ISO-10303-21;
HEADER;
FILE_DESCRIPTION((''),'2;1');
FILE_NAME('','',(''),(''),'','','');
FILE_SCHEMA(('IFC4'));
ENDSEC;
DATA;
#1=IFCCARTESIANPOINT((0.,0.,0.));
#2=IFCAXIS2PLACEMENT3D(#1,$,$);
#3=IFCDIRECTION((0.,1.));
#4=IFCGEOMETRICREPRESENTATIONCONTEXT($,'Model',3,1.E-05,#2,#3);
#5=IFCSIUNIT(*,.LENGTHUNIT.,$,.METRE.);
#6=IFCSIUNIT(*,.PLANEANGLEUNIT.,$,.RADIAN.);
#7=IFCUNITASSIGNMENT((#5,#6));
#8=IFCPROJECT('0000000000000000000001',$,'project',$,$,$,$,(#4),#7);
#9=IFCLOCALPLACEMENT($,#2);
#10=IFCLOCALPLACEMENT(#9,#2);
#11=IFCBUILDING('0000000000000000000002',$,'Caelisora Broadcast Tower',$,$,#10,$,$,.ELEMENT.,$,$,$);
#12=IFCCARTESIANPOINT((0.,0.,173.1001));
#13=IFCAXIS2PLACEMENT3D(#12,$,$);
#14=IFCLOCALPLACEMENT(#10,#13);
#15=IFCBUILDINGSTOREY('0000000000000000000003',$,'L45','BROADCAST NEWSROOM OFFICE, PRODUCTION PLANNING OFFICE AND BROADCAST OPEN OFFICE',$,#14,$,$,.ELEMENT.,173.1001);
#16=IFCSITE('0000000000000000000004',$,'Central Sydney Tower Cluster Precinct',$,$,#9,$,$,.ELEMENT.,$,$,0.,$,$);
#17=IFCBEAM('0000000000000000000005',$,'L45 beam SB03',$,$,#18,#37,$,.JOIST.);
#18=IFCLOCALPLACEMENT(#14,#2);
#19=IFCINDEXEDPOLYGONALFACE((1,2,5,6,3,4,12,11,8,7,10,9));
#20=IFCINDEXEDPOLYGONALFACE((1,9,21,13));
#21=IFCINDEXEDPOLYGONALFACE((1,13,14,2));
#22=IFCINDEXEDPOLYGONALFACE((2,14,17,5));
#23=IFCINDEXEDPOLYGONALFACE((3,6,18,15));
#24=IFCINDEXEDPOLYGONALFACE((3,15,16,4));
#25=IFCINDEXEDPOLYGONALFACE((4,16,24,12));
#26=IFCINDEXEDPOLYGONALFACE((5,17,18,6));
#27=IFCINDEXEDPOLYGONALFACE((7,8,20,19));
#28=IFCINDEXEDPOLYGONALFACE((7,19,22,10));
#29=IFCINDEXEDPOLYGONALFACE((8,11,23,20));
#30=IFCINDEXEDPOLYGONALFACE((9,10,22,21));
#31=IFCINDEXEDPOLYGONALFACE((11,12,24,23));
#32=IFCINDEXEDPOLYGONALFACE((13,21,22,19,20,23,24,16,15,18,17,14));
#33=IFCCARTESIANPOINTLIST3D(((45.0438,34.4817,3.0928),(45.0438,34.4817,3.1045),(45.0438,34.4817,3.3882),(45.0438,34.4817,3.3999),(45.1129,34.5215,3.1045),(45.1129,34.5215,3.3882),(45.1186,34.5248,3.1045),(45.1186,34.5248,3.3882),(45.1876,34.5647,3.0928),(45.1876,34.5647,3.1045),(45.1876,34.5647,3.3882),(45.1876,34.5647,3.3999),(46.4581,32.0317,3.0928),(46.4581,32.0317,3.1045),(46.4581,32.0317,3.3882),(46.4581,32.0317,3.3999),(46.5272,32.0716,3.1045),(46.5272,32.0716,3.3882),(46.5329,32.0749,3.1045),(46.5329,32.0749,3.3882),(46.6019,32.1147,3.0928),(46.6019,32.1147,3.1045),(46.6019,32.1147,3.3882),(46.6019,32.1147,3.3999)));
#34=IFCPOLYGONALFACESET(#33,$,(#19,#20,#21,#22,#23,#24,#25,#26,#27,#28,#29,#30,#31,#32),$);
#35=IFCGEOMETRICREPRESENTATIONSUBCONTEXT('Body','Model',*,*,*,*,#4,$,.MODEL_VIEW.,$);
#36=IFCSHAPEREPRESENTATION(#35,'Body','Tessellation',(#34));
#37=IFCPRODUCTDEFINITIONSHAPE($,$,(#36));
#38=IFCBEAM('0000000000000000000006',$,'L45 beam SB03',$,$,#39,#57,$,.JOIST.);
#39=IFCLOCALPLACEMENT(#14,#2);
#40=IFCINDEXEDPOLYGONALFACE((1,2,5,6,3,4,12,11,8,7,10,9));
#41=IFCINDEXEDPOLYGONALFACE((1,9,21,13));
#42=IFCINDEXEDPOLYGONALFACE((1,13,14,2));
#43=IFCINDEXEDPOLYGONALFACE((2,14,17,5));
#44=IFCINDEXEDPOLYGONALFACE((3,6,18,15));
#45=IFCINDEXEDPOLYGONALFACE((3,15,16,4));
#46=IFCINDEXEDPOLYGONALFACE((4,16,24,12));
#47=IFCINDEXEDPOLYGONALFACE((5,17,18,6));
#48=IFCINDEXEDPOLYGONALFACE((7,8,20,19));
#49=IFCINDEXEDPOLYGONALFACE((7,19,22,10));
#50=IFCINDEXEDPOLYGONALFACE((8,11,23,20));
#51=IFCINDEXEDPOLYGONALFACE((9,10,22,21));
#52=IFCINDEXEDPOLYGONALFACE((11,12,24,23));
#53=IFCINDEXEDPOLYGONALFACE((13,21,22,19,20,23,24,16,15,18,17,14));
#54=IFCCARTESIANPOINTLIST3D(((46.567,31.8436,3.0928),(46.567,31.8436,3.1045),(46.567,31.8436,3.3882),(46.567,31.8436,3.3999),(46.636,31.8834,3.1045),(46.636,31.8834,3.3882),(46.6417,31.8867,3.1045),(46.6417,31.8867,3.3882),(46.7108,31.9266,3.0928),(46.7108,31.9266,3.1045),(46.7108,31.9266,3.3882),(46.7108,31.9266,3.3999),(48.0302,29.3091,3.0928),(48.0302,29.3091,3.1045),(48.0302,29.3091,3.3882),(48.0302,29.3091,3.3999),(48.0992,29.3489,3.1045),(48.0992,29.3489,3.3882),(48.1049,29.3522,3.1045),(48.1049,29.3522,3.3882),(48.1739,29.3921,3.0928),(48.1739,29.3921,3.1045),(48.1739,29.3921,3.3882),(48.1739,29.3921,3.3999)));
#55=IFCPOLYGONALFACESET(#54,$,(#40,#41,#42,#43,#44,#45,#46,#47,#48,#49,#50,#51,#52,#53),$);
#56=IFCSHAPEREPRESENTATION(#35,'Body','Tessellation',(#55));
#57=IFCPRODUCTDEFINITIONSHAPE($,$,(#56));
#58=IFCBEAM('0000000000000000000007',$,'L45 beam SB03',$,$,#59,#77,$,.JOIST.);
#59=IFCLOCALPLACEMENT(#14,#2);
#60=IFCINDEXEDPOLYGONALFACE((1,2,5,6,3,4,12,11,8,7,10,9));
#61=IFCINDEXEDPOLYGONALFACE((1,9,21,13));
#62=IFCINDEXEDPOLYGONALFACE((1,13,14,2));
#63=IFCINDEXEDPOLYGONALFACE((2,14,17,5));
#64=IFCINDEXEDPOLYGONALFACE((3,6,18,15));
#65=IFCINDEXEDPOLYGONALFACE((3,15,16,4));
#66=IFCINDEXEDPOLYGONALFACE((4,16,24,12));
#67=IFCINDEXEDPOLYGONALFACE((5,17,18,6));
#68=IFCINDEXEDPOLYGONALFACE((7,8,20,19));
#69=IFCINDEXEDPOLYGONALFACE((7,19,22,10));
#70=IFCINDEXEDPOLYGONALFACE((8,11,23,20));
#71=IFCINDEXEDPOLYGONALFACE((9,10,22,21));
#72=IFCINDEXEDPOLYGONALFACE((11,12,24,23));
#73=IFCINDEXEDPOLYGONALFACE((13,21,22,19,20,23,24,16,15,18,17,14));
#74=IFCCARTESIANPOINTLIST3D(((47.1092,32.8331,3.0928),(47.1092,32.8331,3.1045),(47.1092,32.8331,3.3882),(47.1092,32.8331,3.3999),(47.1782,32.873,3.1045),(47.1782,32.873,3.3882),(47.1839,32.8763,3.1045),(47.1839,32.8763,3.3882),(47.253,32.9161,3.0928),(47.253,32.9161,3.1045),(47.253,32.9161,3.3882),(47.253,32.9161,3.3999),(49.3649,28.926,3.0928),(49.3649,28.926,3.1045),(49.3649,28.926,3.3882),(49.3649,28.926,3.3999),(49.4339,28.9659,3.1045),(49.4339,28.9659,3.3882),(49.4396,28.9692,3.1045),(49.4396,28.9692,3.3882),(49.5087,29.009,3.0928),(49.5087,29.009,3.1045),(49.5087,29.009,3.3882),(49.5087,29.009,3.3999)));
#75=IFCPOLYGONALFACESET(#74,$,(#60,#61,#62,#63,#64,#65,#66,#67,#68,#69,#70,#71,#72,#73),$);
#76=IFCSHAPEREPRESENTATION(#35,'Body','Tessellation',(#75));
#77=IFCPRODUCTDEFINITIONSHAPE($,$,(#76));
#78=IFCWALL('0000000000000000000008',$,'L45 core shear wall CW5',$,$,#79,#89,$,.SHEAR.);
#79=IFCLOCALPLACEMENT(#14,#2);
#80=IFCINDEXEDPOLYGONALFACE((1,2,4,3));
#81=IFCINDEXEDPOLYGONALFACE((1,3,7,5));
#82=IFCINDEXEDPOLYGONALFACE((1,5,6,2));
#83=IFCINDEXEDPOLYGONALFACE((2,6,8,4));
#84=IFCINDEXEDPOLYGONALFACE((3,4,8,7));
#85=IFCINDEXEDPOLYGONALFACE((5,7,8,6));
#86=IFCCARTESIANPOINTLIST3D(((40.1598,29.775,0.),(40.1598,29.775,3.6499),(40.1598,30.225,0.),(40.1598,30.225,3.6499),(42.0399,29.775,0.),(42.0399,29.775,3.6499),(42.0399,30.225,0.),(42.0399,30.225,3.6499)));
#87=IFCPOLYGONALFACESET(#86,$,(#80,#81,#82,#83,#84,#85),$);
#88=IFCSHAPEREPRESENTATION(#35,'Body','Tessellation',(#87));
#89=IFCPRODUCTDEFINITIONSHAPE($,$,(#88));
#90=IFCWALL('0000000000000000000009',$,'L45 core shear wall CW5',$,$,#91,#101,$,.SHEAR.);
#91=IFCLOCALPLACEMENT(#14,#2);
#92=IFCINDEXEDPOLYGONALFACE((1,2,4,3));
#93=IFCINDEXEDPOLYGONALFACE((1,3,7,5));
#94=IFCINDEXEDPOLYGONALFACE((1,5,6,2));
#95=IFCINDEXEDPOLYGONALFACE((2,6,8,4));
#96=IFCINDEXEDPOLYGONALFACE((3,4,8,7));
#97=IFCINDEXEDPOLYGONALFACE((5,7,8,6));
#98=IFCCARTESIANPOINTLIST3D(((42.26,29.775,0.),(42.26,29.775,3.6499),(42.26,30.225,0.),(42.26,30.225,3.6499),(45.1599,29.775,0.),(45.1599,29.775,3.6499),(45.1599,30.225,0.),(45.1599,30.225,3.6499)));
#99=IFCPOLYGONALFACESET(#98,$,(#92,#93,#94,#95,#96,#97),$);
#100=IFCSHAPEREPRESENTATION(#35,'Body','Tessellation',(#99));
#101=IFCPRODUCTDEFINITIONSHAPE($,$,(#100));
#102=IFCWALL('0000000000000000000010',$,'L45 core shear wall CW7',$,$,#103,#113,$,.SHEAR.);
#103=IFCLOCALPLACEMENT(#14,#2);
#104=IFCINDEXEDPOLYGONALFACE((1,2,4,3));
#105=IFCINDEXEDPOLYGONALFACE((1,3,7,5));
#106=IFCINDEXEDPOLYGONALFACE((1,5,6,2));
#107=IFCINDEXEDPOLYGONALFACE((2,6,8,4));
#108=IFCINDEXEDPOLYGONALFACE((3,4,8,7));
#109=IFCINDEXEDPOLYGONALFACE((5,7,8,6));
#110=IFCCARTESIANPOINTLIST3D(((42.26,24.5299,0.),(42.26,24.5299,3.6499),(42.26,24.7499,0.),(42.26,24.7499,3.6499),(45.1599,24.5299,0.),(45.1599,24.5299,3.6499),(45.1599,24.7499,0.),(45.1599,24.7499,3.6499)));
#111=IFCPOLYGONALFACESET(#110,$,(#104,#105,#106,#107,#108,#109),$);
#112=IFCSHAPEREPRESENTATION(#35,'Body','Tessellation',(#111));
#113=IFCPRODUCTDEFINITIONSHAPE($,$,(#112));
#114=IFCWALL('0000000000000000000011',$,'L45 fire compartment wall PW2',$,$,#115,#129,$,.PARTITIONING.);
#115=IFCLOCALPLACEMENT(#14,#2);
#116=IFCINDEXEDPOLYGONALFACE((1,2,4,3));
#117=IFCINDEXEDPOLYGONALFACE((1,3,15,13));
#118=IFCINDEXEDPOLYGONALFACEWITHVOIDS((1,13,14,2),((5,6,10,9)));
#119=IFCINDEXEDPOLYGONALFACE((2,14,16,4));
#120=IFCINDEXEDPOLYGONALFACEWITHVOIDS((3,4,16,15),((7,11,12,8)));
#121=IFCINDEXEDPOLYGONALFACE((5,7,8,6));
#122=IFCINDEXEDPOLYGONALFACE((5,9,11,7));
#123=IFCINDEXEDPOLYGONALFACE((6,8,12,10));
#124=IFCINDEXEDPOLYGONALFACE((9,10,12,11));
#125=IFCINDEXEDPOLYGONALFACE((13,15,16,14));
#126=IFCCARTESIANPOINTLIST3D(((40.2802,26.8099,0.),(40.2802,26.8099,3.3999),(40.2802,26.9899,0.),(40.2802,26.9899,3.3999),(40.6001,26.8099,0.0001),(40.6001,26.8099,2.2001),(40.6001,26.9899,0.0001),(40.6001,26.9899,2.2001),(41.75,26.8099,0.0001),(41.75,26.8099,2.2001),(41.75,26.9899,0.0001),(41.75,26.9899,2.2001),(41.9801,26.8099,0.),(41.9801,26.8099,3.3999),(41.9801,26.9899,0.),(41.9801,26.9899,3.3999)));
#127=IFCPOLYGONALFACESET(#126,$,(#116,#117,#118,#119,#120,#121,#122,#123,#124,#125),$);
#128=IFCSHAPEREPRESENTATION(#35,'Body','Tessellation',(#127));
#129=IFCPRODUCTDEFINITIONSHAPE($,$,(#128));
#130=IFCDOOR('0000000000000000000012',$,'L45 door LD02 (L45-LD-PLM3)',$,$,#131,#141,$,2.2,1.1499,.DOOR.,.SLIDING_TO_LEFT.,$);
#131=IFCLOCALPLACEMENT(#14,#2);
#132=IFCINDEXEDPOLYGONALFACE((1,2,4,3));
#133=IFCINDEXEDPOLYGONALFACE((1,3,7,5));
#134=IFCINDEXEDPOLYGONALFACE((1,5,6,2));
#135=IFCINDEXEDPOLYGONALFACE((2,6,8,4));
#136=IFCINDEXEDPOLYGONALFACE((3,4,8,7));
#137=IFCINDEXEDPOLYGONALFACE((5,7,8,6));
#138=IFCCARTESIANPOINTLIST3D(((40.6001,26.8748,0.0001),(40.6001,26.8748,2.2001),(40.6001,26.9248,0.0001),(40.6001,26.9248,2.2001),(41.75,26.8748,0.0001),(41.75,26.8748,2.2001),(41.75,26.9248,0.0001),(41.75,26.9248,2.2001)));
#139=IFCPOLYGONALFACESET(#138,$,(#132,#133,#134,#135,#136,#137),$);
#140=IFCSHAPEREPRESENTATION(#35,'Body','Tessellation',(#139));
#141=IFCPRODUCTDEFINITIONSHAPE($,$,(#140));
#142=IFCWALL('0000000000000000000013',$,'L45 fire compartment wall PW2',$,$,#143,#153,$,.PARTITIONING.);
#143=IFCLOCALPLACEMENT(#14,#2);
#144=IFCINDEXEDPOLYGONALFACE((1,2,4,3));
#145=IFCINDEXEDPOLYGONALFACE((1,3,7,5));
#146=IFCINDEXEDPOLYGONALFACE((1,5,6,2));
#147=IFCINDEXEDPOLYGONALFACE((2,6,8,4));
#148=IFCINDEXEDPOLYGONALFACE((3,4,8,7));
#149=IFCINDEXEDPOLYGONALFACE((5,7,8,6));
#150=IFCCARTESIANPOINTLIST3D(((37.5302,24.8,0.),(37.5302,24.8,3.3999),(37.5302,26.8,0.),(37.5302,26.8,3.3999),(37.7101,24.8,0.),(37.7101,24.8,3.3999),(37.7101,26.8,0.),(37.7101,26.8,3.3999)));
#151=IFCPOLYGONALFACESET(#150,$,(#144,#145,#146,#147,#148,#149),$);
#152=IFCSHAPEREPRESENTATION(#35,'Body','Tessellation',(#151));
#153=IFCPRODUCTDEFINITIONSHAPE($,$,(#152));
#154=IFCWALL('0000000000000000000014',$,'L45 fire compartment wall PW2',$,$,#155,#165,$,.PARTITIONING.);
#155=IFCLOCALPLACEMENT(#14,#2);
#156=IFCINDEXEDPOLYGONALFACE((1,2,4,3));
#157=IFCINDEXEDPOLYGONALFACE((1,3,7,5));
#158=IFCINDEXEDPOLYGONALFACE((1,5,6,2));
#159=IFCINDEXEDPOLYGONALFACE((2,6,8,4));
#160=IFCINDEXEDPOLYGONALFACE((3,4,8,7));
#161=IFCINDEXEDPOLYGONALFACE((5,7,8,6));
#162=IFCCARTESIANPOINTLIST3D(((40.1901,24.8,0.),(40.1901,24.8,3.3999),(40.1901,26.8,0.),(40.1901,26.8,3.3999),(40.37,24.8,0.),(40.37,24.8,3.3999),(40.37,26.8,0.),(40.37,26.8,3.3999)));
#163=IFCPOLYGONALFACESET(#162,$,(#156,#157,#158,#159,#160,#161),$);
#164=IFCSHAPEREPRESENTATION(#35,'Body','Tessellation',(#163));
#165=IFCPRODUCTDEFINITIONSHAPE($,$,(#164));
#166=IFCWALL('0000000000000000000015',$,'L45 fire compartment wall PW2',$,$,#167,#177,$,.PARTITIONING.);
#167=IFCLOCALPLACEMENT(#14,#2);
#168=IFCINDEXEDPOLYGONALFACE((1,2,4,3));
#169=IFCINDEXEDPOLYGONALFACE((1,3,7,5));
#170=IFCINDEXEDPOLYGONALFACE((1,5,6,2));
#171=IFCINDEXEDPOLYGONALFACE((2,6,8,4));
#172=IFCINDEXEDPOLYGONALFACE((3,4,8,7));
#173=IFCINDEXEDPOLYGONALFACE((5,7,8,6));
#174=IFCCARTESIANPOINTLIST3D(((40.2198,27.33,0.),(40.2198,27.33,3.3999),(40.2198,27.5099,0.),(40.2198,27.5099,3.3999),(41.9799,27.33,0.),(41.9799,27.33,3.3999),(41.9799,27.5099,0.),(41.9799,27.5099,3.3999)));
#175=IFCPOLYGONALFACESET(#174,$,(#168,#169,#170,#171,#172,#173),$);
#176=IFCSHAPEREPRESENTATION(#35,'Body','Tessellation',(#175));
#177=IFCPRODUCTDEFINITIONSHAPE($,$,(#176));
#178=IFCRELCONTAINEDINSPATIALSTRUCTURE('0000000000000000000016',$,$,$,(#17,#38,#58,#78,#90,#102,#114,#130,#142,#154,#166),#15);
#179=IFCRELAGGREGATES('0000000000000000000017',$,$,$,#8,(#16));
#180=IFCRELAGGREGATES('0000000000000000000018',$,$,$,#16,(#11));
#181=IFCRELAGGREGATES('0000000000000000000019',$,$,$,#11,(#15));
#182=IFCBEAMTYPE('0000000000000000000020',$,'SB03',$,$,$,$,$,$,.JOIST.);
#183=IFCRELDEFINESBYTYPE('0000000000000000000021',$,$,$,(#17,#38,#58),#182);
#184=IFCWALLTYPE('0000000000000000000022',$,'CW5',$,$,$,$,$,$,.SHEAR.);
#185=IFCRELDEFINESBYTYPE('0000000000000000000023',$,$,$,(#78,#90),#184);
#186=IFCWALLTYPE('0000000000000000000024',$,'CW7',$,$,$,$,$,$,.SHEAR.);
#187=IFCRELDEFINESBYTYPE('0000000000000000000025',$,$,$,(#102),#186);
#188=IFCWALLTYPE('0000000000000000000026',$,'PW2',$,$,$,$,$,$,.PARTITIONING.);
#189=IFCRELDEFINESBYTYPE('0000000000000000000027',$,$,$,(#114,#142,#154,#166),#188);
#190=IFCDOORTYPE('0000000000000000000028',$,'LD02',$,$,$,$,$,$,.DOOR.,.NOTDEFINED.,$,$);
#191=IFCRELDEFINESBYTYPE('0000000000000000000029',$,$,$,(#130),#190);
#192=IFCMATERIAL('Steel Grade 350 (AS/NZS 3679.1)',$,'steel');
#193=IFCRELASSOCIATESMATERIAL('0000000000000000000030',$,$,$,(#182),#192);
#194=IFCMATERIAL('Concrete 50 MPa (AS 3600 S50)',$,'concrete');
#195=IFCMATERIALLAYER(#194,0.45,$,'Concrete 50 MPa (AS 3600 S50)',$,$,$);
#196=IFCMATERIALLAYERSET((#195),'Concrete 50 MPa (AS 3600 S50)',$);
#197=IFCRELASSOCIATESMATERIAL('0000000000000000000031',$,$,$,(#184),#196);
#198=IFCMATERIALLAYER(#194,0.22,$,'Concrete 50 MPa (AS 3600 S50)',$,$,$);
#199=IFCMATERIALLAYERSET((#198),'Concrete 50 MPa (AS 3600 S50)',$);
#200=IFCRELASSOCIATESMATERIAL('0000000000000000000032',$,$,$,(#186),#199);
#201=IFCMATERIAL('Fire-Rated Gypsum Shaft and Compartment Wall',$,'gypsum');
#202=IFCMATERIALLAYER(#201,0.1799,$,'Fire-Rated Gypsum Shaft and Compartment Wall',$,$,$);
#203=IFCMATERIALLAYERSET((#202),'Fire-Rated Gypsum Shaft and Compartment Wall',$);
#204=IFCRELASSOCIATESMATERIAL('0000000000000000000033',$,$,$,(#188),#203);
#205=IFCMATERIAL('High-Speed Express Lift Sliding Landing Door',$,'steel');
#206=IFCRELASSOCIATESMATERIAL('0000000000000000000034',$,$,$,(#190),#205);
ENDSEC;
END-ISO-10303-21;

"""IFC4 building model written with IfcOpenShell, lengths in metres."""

from ifc_helpers import new_model, si_unit, direction, frame, frame_2d, origin, origin_2d, place, context, subcontext, project, spatial, rectangle, i_section, extrude, source, transform, mapped, material, layer, layer_set, material_profile, profile_set, type_object, type_shapes, element, fill, save


model = new_model("IFC4")

# Units and contexts
model_context = context("Model", 3, precision=1e-05, world=origin(), true_north=direction((0.0, 1.0)))
body_context = subcontext(model_context, "Body", "Model", "MODEL_VIEW")
ifc_project = project(units=[si_unit("LENGTHUNIT", "METRE"), si_unit("PLANEANGLEUNIT", "RADIAN")], contexts=[model_context])

# Site, building, storey
site_placement = place(None, origin())
site = spatial("IfcSite", under=ifc_project, at=site_placement, Name="Central Sydney Tower Cluster Precinct", CompositionType="ELEMENT", RefElevation=0.0)
building_placement = place(site_placement, origin())
building = spatial("IfcBuilding", under=site, at=building_placement, Name="Caelisora Broadcast Tower", CompositionType="ELEMENT")
storey_placement = place(building_placement, frame((0.0, 0.0, 173.1001)))
storey = spatial("IfcBuildingStorey", under=building, at=storey_placement, Name="L45", Description="BROADCAST NEWSROOM OFFICE, PRODUCTION PLANNING OFFICE AND BROADCAST OPEN OFFICE", CompositionType="ELEMENT", Elevation=173.1001)

# Beams
ifc_material_1 = material(Name="Concrete 50 MPa (AS 3600 S50)", Category="concrete")
ifc_material_2 = material(Name="Steel Grade 350 (AS/NZS 3679.1)", Category="steel")
ifc_material_profile_1 = material_profile(ifc_material_2, i_section(OverallWidth=0.166, OverallDepth=0.3071, WebThickness=0.0066, FlangeThickness=0.0117, at=origin_2d()), Name="Steel Grade 350 (AS/NZS 3679.1)")
ifc_profile_set_1 = profile_set([ifc_material_profile_1], Name="Steel Grade 350 (AS/NZS 3679.1)")
beam_type_1 = type_object("IfcBeamType", Name="SB03", PredefinedType="JOIST", material=ifc_profile_set_1)
shared_shape_1 = source(origin(), body_context, "Body", "SweptSolid", [
    extrude(i_section(OverallWidth=0.166, OverallDepth=0.3071, WebThickness=0.0066, FlangeThickness=0.0117, at=origin_2d()), origin(), (0.0, 0.0, 1.0), 2.8289),
])
beam_1_placement = place(storey_placement, frame((46.53, 32.0732, 3.2463), z_axis=(-0.499954, 0.866052, 0.0), x_axis=(-0.866052, -0.499954, 0.0)))
element("IfcBeam", 1, at=beam_1_placement, inside=storey, type_object=beam_type_1, Name="L45 beam SB03", PredefinedType="JOIST", context=body_context, shape_type="MappedRepresentation", body=[
    mapped(shared_shape_1, transform((0.0, 0.0, 0.0), scale=1.0)),
])
shared_shape_2 = source(origin(), body_context, "Body", "SweptSolid", [
    extrude(i_section(OverallWidth=0.166, OverallDepth=0.3071, WebThickness=0.0066, FlangeThickness=0.0117, at=origin_2d()), origin(), (0.0, 0.0, 1.0), 2.9265),
])
beam_2_placement = place(storey_placement, frame((48.1021, 29.3506, 3.2463), z_axis=(-0.49997, 0.866042, 0.0), x_axis=(-0.866042, -0.49997, 0.0)))
element("IfcBeam", 2, at=beam_2_placement, inside=storey, type_object=beam_type_1, Name="L45 beam SB03", PredefinedType="JOIST", context=body_context, shape_type="MappedRepresentation", body=[
    mapped(shared_shape_2, transform((0.0, 0.0, 0.0), scale=1.0)),
])
shared_shape_3 = source(origin(), body_context, "Body", "SweptSolid", [
    extrude(i_section(OverallWidth=0.166, OverallDepth=0.3071, WebThickness=0.0066, FlangeThickness=0.0117, at=origin_2d()), origin(), (0.0, 0.0, 1.0), 4.5115),
])
type_shapes(beam_type_1, [shared_shape_1, shared_shape_2, shared_shape_3])
beam_3_placement = place(storey_placement, frame((49.4368, 28.9675, 3.2463), z_axis=(-0.499986, 0.866033, 0.0), x_axis=(-0.866033, -0.499986, 0.0)))
element("IfcBeam", 3, at=beam_3_placement, inside=storey, type_object=beam_type_1, Name="L45 beam SB03", PredefinedType="JOIST", context=body_context, shape_type="MappedRepresentation", body=[
    mapped(shared_shape_3, transform((0.0, 0.0, 0.0), scale=1.0)),
])

# Walls
ifc_layer_1 = layer(ifc_material_1, 0.45, Name="Concrete 50 MPa (AS 3600 S50)")
ifc_layer_set_1 = layer_set([ifc_layer_1], Name="Concrete 50 MPa (AS 3600 S50)")
wall_type_1 = type_object("IfcWallType", Name="CW5", PredefinedType="SHEAR", material=ifc_layer_set_1)
wall_1_placement = place(storey_placement, frame((40.1599, 30.0, 0.0), z_axis=(0.0, 0.0, 1.0), x_axis=(1.0, 0.0, 0.0)))
element("IfcWall", 4, at=wall_1_placement, inside=storey, type_object=wall_type_1, Name="L45 core shear wall CW5", PredefinedType="SHEAR", context=body_context, shape_type="SweptSolid", body=[
    extrude(rectangle(XDim=1.8801, YDim=0.45, at=frame_2d((0.9399, 0.0))), origin(), (0.0, 0.0, 1.0), 3.6499),
])
wall_2_placement = place(storey_placement, frame((42.26, 30.0, 0.0), z_axis=(0.0, 0.0, 1.0), x_axis=(1.0, 0.0, 0.0)))
element("IfcWall", 5, at=wall_2_placement, inside=storey, type_object=wall_type_1, Name="L45 core shear wall CW5", PredefinedType="SHEAR", context=body_context, shape_type="SweptSolid", body=[
    extrude(rectangle(XDim=2.8999, YDim=0.45, at=frame_2d((1.45, 0.0))), origin(), (0.0, 0.0, 1.0), 3.6499),
])
ifc_layer_2 = layer(ifc_material_1, 0.22, Name="Concrete 50 MPa (AS 3600 S50)")
ifc_layer_set_2 = layer_set([ifc_layer_2], Name="Concrete 50 MPa (AS 3600 S50)")
wall_type_2 = type_object("IfcWallType", Name="CW7", PredefinedType="SHEAR", material=ifc_layer_set_2)
wall_3_placement = place(storey_placement, frame((42.26, 24.6399, 0.0), z_axis=(0.0, 0.0, 1.0), x_axis=(1.0, 0.0, 0.0)))
element("IfcWall", 6, at=wall_3_placement, inside=storey, type_object=wall_type_2, Name="L45 core shear wall CW7", PredefinedType="SHEAR", context=body_context, shape_type="SweptSolid", body=[
    extrude(rectangle(XDim=2.8999, YDim=0.22, at=frame_2d((1.45, 0.0))), origin(), (0.0, 0.0, 1.0), 3.6499),
])

# Wall, opening, door
ifc_material_3 = material(Name="Fire-Rated Gypsum Shaft and Compartment Wall", Category="gypsum")
ifc_layer_3 = layer(ifc_material_3, 0.1799, Name="Fire-Rated Gypsum Shaft and Compartment Wall")
ifc_layer_set_3 = layer_set([ifc_layer_3], Name="Fire-Rated Gypsum Shaft and Compartment Wall")
wall_type_3 = type_object("IfcWallType", Name="PW2", PredefinedType="PARTITIONING", material=ifc_layer_set_3)
wall_4_placement = place(storey_placement, frame((40.28, 26.8999, 0.0), z_axis=(0.0, 0.0, 1.0), x_axis=(1.0, 0.0, 0.0)))
wall_4 = element("IfcWall", 7, at=wall_4_placement, inside=storey, type_object=wall_type_3, Name="L45 fire compartment wall PW2", PredefinedType="PARTITIONING", context=body_context, shape_type="SweptSolid", body=[
    extrude(rectangle(XDim=1.7, YDim=0.1799, at=frame_2d((0.8501, 0.0))), origin(), (0.0, 0.0, 1.0), 3.3999),
])
opening_placement = place(wall_4_placement, frame((0.3201, 0.0, 0.0)))
opening = element("IfcOpeningElement", 8, at=opening_placement, cuts=wall_4, PredefinedType="OPENING", context=body_context, shape_type="SweptSolid", body=[
    extrude(rectangle(XDim=1.1499, YDim=2.2, at=frame_2d((0.575, 1.1001))), frame((0.0, 0.1021, 0.0), z_axis=(0.0, -1.0, 0.0), x_axis=(1.0, 0.0, 0.0)), (0.0, 0.0, 1.0), 0.2039),
])
ifc_material_4 = material(Name="High-Speed Express Lift Sliding Landing Door", Category="steel")
door_type = type_object("IfcDoorType", Name="LD02", OperationType="NOTDEFINED", PredefinedType="DOOR", material=ifc_material_4)
door_placement = place(opening_placement, origin())
door = element("IfcDoor", 9, at=door_placement, inside=storey, type_object=door_type, Name="L45 door LD02 (L45-LD-PLM3)", OperationType="SLIDING_TO_LEFT", OverallHeight=2.2, OverallWidth=1.1499, PredefinedType="DOOR", context=body_context, shape_type="SweptSolid", body=[
    extrude(rectangle(XDim=1.1499, YDim=2.2, at=frame_2d((0.575, 1.1001))), frame((0.0, 0.0249, 0.0), z_axis=(0.0, -1.0, 0.0), x_axis=(1.0, 0.0, 0.0)), (0.0, 0.0, 1.0), 0.05),
])
fill(opening, door)

# Walls
for number, where, z_axis, x_axis, name in (
    (10, (37.6201, 24.8, 0.0), (0.0, 0.0, 1.0), (0.0, 1.0, 0.0), "L45 fire compartment wall PW2"),
    (11, (40.28, 24.8, 0.0), (0.0, 0.0, 1.0), (0.0, 1.0, 0.0), "L45 fire compartment wall PW2"),
):
    element("IfcWall", number, at=place(storey_placement, frame(where, z_axis=z_axis, x_axis=x_axis)), inside=storey, type_object=wall_type_3, Name=name, PredefinedType="PARTITIONING", context=body_context, shape_type="SweptSolid", body=[
        extrude(rectangle(XDim=2.0, YDim=0.1799, at=frame_2d((1.0, 0.0))), origin(), (0.0, 0.0, 1.0), 3.3999),
    ])
wall_5_placement = place(storey_placement, frame((40.22, 27.4199, 0.0), z_axis=(0.0, 0.0, 1.0), x_axis=(1.0, 0.0, 0.0)))
element("IfcWall", 12, at=wall_5_placement, inside=storey, type_object=wall_type_3, Name="L45 fire compartment wall PW2", PredefinedType="PARTITIONING", context=body_context, shape_type="SweptSolid", body=[
    extrude(rectangle(XDim=1.76, YDim=0.1799, at=frame_2d((0.8799, 0.0))), origin(), (0.0, 0.0, 1.0), 3.3999),
])

save(model, "model.ifc")
